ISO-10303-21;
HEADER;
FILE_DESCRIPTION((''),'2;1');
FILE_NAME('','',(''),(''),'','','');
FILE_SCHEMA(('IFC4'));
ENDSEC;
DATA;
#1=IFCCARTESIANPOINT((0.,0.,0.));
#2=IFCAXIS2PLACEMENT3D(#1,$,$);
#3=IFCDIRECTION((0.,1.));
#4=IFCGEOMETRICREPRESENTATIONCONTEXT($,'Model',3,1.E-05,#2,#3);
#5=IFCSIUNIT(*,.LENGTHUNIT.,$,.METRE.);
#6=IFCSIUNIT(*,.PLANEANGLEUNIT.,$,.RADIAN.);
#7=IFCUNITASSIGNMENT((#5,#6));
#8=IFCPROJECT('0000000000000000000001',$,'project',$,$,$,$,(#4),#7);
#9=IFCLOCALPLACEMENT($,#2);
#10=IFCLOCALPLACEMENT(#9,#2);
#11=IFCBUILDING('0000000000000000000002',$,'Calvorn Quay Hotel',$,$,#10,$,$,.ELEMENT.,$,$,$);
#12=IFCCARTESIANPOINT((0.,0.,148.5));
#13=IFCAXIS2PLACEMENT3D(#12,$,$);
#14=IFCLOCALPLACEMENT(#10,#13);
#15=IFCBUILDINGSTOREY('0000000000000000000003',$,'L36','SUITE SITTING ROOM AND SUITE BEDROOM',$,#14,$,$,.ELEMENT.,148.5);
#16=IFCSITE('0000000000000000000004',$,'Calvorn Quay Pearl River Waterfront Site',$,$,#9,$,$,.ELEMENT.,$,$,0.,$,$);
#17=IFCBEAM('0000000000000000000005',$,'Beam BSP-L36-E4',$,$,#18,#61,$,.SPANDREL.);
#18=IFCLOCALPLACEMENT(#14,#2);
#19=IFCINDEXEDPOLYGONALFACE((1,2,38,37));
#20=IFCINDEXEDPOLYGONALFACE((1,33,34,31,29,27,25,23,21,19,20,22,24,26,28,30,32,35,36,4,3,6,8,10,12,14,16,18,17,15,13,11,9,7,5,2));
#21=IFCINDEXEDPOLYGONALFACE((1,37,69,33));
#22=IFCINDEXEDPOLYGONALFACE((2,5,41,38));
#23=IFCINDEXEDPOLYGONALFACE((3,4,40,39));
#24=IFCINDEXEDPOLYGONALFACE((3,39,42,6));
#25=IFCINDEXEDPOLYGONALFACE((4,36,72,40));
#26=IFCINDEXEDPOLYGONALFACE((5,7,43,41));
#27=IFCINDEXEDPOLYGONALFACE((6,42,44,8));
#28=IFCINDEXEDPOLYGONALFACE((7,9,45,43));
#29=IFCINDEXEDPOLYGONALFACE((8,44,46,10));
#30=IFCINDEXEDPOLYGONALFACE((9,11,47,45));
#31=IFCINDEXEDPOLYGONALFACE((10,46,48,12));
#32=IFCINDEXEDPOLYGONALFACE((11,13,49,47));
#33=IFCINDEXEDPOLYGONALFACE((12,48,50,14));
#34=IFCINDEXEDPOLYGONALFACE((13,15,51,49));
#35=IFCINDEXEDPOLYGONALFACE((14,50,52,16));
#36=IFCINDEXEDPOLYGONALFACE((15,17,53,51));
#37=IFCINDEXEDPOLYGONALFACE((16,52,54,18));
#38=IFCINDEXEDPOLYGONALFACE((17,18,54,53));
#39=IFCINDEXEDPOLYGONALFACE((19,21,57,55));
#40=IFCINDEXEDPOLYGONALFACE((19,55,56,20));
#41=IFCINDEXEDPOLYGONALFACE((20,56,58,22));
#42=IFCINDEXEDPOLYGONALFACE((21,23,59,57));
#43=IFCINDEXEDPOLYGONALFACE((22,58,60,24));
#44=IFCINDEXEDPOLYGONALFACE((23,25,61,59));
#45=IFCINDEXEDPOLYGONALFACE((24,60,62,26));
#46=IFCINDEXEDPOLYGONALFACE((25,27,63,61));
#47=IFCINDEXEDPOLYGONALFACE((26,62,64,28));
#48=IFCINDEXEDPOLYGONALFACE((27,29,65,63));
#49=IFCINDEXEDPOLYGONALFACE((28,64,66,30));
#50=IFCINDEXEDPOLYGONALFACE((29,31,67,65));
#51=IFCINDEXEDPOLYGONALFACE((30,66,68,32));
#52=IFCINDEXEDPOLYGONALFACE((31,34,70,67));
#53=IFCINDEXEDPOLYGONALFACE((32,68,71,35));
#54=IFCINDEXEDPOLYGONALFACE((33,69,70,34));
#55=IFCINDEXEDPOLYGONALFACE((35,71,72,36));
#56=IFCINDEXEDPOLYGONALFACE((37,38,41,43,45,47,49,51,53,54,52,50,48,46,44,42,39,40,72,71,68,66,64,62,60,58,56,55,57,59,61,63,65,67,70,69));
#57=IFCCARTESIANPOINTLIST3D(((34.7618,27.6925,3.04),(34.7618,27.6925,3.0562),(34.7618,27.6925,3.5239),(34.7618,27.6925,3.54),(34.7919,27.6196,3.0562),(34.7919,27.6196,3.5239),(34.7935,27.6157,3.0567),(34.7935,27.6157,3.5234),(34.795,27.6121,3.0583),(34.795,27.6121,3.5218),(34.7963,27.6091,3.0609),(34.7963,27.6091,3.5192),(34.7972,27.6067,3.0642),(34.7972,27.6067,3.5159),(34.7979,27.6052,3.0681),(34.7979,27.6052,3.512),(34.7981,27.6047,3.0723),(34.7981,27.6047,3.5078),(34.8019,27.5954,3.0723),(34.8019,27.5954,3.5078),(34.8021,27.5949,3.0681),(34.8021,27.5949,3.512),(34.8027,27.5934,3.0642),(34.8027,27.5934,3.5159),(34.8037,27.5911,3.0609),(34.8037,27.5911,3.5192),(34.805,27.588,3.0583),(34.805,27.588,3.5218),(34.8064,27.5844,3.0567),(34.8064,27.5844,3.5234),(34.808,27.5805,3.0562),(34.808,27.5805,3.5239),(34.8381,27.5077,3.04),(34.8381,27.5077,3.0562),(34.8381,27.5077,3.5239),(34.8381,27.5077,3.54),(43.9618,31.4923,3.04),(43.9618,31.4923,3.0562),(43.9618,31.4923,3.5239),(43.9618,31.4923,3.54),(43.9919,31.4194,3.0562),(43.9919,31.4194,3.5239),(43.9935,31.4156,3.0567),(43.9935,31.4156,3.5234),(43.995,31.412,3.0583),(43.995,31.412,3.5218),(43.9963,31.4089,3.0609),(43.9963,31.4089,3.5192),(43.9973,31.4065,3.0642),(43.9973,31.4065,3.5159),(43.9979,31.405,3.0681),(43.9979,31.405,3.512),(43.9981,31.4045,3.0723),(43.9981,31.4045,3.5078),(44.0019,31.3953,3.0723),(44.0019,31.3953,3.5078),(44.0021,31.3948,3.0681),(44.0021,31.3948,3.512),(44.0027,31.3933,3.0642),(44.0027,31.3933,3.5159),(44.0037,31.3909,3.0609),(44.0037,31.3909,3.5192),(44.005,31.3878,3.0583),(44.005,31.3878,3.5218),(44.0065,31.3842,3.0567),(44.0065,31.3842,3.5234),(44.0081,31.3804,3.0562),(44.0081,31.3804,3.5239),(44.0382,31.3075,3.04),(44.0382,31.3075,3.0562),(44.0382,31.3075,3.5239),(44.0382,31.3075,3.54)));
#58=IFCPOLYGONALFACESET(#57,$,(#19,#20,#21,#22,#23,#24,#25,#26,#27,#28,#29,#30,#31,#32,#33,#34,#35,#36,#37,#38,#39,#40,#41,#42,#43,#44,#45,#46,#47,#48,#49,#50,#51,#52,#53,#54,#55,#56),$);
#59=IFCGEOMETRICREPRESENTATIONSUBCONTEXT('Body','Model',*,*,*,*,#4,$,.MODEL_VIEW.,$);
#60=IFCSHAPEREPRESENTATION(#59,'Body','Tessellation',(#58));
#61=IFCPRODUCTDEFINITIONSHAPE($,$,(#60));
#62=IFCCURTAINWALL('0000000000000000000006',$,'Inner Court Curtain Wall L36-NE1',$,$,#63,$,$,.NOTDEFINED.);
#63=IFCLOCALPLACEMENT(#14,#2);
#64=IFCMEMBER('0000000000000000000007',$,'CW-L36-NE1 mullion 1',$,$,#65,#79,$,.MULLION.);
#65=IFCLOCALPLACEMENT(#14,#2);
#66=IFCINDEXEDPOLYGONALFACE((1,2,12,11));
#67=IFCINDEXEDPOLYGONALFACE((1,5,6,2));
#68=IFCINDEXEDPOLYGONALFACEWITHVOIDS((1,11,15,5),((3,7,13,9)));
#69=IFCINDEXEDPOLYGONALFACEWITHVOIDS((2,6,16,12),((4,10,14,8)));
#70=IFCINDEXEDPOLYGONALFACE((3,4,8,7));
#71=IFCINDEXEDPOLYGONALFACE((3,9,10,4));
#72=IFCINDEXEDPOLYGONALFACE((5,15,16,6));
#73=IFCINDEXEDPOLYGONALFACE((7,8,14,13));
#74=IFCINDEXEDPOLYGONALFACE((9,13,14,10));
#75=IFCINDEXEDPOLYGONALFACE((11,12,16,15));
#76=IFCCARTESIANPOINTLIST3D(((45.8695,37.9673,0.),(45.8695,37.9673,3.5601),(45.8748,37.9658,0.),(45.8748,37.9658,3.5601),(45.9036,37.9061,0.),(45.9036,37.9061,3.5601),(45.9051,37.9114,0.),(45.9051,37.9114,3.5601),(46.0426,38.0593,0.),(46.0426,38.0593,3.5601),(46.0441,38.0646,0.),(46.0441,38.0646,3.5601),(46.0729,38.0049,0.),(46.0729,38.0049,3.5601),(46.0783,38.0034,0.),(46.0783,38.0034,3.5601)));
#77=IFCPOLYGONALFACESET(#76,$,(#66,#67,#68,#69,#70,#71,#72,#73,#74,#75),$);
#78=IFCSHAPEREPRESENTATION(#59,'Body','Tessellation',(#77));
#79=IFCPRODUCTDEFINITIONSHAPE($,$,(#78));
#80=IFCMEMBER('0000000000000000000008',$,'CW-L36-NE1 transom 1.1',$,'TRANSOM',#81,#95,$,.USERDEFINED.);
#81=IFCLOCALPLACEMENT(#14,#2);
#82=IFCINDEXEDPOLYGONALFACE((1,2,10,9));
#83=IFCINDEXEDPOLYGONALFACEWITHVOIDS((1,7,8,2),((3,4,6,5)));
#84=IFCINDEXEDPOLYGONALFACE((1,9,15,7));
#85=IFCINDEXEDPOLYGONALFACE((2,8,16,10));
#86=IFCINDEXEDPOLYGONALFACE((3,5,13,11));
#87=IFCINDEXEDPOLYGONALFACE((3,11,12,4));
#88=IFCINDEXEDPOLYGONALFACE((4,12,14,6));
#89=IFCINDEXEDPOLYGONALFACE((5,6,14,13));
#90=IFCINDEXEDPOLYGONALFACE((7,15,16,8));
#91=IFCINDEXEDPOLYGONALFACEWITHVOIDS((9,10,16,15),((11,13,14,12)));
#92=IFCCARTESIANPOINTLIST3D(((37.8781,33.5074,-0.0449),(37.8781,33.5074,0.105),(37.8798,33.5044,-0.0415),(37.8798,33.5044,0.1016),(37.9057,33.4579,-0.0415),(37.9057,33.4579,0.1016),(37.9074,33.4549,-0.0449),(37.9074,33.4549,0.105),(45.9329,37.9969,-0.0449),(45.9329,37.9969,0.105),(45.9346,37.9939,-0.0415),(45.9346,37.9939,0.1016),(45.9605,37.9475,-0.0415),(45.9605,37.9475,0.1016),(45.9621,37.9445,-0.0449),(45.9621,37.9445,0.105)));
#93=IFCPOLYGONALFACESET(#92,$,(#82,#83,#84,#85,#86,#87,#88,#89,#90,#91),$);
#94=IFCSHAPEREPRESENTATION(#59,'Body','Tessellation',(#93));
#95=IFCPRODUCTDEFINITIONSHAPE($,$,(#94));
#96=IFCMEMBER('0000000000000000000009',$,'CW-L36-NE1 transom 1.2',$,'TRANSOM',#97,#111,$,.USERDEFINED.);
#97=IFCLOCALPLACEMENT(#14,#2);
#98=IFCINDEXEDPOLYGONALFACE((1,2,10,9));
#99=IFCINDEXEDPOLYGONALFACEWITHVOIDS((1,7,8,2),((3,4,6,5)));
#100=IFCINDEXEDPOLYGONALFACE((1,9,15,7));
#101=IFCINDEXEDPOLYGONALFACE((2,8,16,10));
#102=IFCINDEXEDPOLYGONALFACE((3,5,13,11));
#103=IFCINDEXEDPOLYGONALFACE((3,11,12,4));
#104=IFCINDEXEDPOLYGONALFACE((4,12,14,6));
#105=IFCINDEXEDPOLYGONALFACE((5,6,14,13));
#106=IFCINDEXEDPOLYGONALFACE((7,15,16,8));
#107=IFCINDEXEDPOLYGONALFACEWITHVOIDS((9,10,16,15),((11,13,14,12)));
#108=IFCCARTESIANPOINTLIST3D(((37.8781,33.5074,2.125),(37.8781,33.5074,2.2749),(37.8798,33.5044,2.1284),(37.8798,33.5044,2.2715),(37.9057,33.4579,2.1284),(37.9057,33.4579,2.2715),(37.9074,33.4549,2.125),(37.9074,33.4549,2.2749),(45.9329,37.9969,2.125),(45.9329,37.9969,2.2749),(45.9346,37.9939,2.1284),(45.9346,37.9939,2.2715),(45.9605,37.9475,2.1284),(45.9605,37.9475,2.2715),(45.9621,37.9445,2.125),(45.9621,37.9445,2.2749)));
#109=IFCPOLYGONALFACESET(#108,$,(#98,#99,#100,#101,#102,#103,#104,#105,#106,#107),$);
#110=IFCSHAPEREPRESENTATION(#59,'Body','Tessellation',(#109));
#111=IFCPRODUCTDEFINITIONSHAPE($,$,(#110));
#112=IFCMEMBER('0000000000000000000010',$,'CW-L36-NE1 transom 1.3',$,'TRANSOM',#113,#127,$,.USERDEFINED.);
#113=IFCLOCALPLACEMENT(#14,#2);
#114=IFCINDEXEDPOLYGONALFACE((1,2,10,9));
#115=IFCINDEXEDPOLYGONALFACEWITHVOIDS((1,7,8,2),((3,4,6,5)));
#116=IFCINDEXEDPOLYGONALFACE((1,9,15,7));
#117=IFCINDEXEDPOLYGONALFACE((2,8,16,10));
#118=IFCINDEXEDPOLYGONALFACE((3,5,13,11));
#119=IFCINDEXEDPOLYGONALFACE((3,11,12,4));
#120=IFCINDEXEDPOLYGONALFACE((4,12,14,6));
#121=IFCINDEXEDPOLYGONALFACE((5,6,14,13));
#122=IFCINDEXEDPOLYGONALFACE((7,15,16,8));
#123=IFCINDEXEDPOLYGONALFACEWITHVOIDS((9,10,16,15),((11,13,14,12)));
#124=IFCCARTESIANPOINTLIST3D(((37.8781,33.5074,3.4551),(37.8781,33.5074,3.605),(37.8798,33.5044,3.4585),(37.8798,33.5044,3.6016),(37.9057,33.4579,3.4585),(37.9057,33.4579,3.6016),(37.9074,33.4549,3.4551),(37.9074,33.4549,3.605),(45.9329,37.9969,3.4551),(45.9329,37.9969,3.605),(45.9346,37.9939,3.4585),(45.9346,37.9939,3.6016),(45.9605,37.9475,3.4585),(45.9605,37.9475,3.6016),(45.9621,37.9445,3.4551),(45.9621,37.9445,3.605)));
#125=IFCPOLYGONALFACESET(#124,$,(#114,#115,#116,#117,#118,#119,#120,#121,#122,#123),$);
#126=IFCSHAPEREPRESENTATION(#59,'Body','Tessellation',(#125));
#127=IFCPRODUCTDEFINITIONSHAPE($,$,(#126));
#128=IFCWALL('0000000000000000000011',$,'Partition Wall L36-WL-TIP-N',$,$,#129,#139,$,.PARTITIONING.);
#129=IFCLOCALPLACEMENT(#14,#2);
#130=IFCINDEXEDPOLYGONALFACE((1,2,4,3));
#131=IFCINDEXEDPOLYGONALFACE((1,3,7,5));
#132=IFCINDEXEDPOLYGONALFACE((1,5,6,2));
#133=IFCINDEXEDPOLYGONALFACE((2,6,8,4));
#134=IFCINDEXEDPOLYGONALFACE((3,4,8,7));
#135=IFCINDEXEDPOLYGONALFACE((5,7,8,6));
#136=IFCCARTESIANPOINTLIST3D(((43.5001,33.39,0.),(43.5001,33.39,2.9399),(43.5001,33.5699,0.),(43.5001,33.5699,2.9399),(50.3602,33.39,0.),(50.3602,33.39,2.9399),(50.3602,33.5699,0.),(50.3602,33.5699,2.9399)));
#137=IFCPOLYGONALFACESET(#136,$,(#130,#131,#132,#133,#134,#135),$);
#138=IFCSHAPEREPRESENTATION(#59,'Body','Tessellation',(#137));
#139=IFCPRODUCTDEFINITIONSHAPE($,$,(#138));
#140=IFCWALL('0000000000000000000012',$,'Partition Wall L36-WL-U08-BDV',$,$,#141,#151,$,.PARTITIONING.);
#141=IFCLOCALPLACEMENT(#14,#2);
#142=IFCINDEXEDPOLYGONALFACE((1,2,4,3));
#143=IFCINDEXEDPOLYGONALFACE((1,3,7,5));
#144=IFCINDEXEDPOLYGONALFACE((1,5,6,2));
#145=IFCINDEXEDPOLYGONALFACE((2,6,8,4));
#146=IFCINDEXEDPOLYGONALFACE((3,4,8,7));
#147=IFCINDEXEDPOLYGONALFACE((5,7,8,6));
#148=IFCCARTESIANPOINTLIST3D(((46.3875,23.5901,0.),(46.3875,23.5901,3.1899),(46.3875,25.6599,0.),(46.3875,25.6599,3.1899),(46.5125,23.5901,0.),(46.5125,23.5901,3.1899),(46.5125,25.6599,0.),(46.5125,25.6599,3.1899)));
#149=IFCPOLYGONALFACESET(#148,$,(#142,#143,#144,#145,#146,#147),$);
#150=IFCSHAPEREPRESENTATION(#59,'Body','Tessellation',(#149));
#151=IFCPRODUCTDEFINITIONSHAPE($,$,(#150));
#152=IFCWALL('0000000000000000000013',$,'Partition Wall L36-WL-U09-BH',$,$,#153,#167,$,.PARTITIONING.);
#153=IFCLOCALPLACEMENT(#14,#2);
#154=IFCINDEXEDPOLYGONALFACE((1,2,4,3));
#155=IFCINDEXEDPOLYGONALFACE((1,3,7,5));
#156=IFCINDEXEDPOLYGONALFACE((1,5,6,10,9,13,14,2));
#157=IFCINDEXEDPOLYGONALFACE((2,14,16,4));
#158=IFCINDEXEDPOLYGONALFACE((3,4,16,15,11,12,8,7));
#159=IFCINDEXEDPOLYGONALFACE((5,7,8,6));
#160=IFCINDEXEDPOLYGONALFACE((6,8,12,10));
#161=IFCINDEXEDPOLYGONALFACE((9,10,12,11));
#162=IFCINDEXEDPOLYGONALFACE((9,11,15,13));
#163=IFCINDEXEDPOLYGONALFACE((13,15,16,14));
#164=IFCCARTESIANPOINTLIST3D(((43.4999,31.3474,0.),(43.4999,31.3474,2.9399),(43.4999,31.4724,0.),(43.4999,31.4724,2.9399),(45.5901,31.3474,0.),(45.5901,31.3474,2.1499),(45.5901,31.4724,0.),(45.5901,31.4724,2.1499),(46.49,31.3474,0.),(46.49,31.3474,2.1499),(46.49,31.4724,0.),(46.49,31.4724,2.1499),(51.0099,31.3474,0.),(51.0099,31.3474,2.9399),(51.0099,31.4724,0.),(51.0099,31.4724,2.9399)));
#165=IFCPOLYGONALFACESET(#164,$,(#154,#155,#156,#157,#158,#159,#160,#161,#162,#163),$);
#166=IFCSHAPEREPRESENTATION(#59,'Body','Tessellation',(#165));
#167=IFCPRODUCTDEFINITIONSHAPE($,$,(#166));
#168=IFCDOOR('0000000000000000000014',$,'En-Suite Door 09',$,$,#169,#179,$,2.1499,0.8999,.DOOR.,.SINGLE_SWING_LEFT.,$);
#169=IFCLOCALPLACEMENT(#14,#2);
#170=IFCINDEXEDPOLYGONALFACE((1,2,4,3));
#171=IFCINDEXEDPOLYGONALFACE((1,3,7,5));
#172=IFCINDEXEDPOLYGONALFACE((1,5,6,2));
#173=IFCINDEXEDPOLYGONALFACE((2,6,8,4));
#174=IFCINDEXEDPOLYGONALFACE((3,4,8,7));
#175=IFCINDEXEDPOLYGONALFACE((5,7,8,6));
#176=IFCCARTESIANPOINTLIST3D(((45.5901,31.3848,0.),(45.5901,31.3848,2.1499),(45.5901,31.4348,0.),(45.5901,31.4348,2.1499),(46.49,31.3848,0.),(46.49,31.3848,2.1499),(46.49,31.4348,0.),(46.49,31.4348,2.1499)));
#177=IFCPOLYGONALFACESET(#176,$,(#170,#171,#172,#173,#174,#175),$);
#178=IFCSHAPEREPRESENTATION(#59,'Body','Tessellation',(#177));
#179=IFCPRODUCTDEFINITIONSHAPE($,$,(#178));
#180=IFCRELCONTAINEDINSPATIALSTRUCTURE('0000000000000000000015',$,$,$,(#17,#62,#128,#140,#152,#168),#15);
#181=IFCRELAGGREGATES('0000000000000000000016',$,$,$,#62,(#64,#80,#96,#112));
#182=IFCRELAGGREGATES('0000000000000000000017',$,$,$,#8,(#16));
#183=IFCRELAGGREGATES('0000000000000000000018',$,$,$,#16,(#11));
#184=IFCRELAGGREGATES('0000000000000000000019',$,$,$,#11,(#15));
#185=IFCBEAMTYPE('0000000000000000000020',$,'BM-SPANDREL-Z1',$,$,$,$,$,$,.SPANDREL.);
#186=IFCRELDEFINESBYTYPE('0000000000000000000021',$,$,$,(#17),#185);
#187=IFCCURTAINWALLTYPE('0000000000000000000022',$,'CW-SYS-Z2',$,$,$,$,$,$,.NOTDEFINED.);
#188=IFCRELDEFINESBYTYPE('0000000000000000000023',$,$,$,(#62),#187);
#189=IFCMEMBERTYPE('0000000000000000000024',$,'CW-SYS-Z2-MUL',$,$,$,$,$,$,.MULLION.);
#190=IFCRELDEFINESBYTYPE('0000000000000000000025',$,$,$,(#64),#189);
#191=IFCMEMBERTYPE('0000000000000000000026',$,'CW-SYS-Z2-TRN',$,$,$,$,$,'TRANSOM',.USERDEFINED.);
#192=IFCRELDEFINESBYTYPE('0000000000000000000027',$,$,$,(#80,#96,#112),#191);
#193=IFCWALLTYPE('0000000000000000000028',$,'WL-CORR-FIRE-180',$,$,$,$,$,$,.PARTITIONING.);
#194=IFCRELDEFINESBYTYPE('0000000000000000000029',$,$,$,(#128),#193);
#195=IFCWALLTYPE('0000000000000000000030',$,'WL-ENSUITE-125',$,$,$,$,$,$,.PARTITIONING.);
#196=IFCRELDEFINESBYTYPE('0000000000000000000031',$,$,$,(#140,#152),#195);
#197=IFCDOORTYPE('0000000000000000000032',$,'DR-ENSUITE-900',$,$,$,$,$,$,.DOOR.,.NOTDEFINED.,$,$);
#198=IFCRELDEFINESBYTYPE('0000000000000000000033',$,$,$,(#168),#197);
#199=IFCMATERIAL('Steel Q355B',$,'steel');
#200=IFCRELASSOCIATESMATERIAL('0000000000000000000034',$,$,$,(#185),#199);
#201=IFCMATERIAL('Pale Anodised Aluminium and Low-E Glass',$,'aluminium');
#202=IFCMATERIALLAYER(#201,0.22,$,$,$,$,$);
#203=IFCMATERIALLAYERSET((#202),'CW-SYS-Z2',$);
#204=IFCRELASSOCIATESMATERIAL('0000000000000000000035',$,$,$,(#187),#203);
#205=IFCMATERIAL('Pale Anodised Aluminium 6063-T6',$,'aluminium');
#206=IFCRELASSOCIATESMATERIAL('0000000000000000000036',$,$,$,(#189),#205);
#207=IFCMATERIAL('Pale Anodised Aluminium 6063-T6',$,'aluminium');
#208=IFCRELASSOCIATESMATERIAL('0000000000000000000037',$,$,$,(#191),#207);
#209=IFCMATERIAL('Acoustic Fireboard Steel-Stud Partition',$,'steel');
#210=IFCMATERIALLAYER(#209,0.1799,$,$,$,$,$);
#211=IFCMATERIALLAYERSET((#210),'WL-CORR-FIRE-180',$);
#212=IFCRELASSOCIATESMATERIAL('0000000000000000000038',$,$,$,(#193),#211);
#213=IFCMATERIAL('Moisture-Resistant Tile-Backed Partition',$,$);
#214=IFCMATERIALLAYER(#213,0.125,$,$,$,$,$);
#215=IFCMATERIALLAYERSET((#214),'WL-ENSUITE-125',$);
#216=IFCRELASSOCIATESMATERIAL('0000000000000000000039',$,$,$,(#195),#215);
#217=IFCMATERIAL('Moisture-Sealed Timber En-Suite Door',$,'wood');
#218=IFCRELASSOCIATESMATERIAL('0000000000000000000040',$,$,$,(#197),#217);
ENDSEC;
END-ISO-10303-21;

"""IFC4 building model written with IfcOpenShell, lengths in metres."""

from ifc_helpers import new_model, si_unit, direction, frame, frame_2d, origin, origin_2d, place, context, subcontext, project, spatial, rectangle, hollow_rectangle, i_section, extrude, material, layer, layer_set, material_profile, profile_set, type_object, element, fill, aggregate, save


model = new_model("IFC4")

# Units and contexts
model_context = context("Model", 3, precision=1e-05, world=origin(), true_north=direction((0.0, 1.0)))
body_context = subcontext(model_context, "Body", "Model", "MODEL_VIEW")
ifc_project = project(units=[si_unit("LENGTHUNIT", "METRE"), si_unit("PLANEANGLEUNIT", "RADIAN")], contexts=[model_context])

# Site, building, storey
site_placement = place(None, origin())
site = spatial("IfcSite", under=ifc_project, at=site_placement, Name="Calvorn Quay Pearl River Waterfront Site", CompositionType="ELEMENT", RefElevation=0.0)
building_placement = place(site_placement, origin())
building = spatial("IfcBuilding", under=site, at=building_placement, Name="Calvorn Quay Hotel", CompositionType="ELEMENT")
storey_placement = place(building_placement, frame((0.0, 0.0, 148.5)))
storey = spatial("IfcBuildingStorey", under=building, at=storey_placement, Name="L36", Description="SUITE SITTING ROOM AND SUITE BEDROOM", CompositionType="ELEMENT", Elevation=148.5)

# Beam
ifc_material_1 = material(Name="Steel Q355B", Category="steel")
ifc_material_profile_1 = material_profile(ifc_material_1, i_section(OverallWidth=0.2, OverallDepth=0.5, WebThickness=0.01, FlangeThickness=0.0161, FilletRadius=0.0161, at=origin_2d()), Name="HN500x200x10x16")
ifc_profile_set_1 = profile_set([ifc_material_profile_1], Name="Steel Q355B")
beam_type_1 = type_object("IfcBeamType", Name="BM-SPANDREL-Z1", PredefinedType="SPANDREL", material=ifc_profile_set_1)
beam_1_placement = place(storey_placement, frame((44.0, 31.3999, 3.29), z_axis=(-0.924268, -0.381745, 0.0), x_axis=(0.381745, -0.924268, 0.0)))
element("IfcBeam", 1, at=beam_1_placement, inside=storey, type_object=beam_type_1, Name="Beam BSP-L36-E4", PredefinedType="SPANDREL", context=body_context, shape_type="SweptSolid", body=[
    extrude(i_section(OverallWidth=0.2, OverallDepth=0.5, WebThickness=0.01, FlangeThickness=0.0161, FilletRadius=0.0161, at=origin_2d()), origin(), (0.0, 0.0, 1.0), 9.9539),
])

# Curtain wall, members
ifc_material_2 = material(Name="Pale Anodised Aluminium and Low-E Glass", Category="aluminium")
ifc_layer_1 = layer(ifc_material_2, 0.22)
ifc_layer_set_1 = layer_set([ifc_layer_1], Name="CW-SYS-Z2")
curtain_wall_type = type_object("IfcCurtainWallType", Name="CW-SYS-Z2", PredefinedType="NOTDEFINED", material=ifc_layer_set_1)
curtain_wall_placement = place(storey_placement, origin())
curtain_wall = element("IfcCurtainWall", 2, at=curtain_wall_placement, inside=storey, type_object=curtain_wall_type, Name="Inner Court Curtain Wall L36-NE1", PredefinedType="NOTDEFINED")
ifc_material_3 = material(Name="Pale Anodised Aluminium 6063-T6", Category="aluminium")
ifc_material_profile_2 = material_profile(ifc_material_3, hollow_rectangle(XDim=0.0701, YDim=0.2, WallThickness=0.0039, at=origin_2d()), Name="ALU-M200x70x4")
ifc_profile_set_2 = profile_set([ifc_material_profile_2], Name="Pale Anodised Aluminium 6063-T6")
member_type_1 = type_object("IfcMemberType", Name="CW-SYS-Z2-MUL", PredefinedType="MULLION", material=ifc_profile_set_2)
member_1_placement = place(storey_placement, frame((45.9739, 37.9854, 0.0), z_axis=(0.0, 0.0, 1.0), x_axis=(0.486858, -0.873481, 0.0)))
member_1 = element("IfcMember", 3, at=member_1_placement, type_object=member_type_1, Name="CW-L36-NE1 mullion 1", PredefinedType="MULLION", context=body_context, shape_type="SweptSolid", body=[
    extrude(hollow_rectangle(XDim=0.0701, YDim=0.2, WallThickness=0.0039, at=origin_2d()), origin(), (0.0, 0.0, 1.0), 3.5601),
])
ifc_material_4 = material(Name="Pale Anodised Aluminium 6063-T6", Category="aluminium")
ifc_material_profile_3 = material_profile(ifc_material_4, hollow_rectangle(XDim=0.0601, YDim=0.1499, WallThickness=0.0034, at=origin_2d()), Name="ALU-T150x60x3.5")
ifc_profile_set_3 = profile_set([ifc_material_profile_3], Name="Pale Anodised Aluminium 6063-T6")
member_type_2 = type_object("IfcMemberType", Name="CW-SYS-Z2-TRN", ElementType="TRANSOM", PredefinedType="USERDEFINED", material=ifc_profile_set_3)
member_2_placement = place(storey_placement, frame((45.9475, 37.9707, 0.03), z_axis=(-0.873481, -0.486859, 0.0), x_axis=(0.486859, -0.873481, 0.0)))
member_2 = element("IfcMember", 4, at=member_2_placement, type_object=member_type_2, Name="CW-L36-NE1 transom 1.1", ObjectType="TRANSOM", PredefinedType="USERDEFINED", context=body_context, shape_type="SweptSolid", body=[
    extrude(hollow_rectangle(XDim=0.0601, YDim=0.1499, WallThickness=0.0034, at=origin_2d()), origin(), (0.0, 0.0, 1.0), 9.2214),
])
member_3_placement = place(storey_placement, frame((45.9475, 37.9707, 2.2), z_axis=(-0.873481, -0.486859, 0.0), x_axis=(0.486859, -0.873481, 0.0)))
member_3 = element("IfcMember", 5, at=member_3_placement, type_object=member_type_2, Name="CW-L36-NE1 transom 1.2", ObjectType="TRANSOM", PredefinedType="USERDEFINED", context=body_context, shape_type="SweptSolid", body=[
    extrude(hollow_rectangle(XDim=0.0601, YDim=0.1499, WallThickness=0.0034, at=origin_2d()), origin(), (0.0, 0.0, 1.0), 9.2214),
])
member_4_placement = place(storey_placement, frame((45.9475, 37.9707, 3.53), z_axis=(-0.873481, -0.486859, 0.0), x_axis=(0.486859, -0.873481, 0.0)))
member_4 = element("IfcMember", 6, at=member_4_placement, type_object=member_type_2, Name="CW-L36-NE1 transom 1.3", ObjectType="TRANSOM", PredefinedType="USERDEFINED", context=body_context, shape_type="SweptSolid", body=[
    extrude(hollow_rectangle(XDim=0.0601, YDim=0.1499, WallThickness=0.0034, at=origin_2d()), origin(), (0.0, 0.0, 1.0), 9.2214),
])
aggregate(curtain_wall, [member_1, member_2, member_3, member_4])

# Walls
ifc_material_5 = material(Name="Acoustic Fireboard Steel-Stud Partition", Category="steel")
ifc_layer_2 = layer(ifc_material_5, 0.1799)
ifc_layer_set_2 = layer_set([ifc_layer_2], Name="WL-CORR-FIRE-180")
wall_type_1 = type_object("IfcWallType", Name="WL-CORR-FIRE-180", PredefinedType="PARTITIONING", material=ifc_layer_set_2)
wall_1_placement = place(storey_placement, frame((43.5, 33.48, 0.0), z_axis=(0.0, 0.0, 1.0), x_axis=(1.0, 0.0, 0.0)))
element("IfcWall", 7, at=wall_1_placement, inside=storey, type_object=wall_type_1, Name="Partition Wall L36-WL-TIP-N", PredefinedType="PARTITIONING", context=body_context, shape_type="SweptSolid", body=[
    extrude(rectangle(XDim=6.8601, YDim=0.1799, at=frame_2d((3.4302, 0.0))), origin(), (0.0, 0.0, 1.0), 2.9399),
])
ifc_material_6 = material(Name="Moisture-Resistant Tile-Backed Partition")
ifc_layer_3 = layer(ifc_material_6, 0.125)
ifc_layer_set_3 = layer_set([ifc_layer_3], Name="WL-ENSUITE-125")
wall_type_2 = type_object("IfcWallType", Name="WL-ENSUITE-125", PredefinedType="PARTITIONING", material=ifc_layer_set_3)
wall_2_placement = place(storey_placement, frame((46.45, 23.5901, 0.0), z_axis=(0.0, 0.0, 1.0), x_axis=(0.0, 1.0, 0.0)))
element("IfcWall", 8, at=wall_2_placement, inside=storey, type_object=wall_type_2, Name="Partition Wall L36-WL-U08-BDV", PredefinedType="PARTITIONING", context=body_context, shape_type="SweptSolid", body=[
    extrude(rectangle(XDim=2.0698, YDim=0.125, at=frame_2d((1.0349, 0.0))), origin(), (0.0, 0.0, 1.0), 3.1899),
])

# Wall, opening, door
wall_3_placement = place(storey_placement, frame((43.5, 31.4099, 0.0), z_axis=(0.0, 0.0, 1.0), x_axis=(1.0, 0.0, 0.0)))
wall_3 = element("IfcWall", 9, at=wall_3_placement, inside=storey, type_object=wall_type_2, Name="Partition Wall L36-WL-U09-BH", PredefinedType="PARTITIONING", context=body_context, shape_type="SweptSolid", body=[
    extrude(rectangle(XDim=7.51, YDim=0.125, at=frame_2d((3.7549, 0.0))), origin(), (0.0, 0.0, 1.0), 2.9399),
])
opening_1_placement = place(wall_3_placement, frame((2.0901, 0.0, 0.0)))
opening_1 = element("IfcOpeningElement", 10, at=opening_1_placement, cuts=wall_3, PredefinedType="OPENING", context=body_context, shape_type="SweptSolid", body=[
    extrude(rectangle(XDim=0.8999, YDim=2.1499, at=frame_2d((0.45, 1.075))), frame((0.0, 0.0725, 0.0), z_axis=(0.0, -1.0, 0.0), x_axis=(1.0, 0.0, 0.0)), (0.0, 0.0, 1.0), 0.145),
])
ifc_material_7 = material(Name="Moisture-Sealed Timber En-Suite Door", Category="wood")
door_type_1 = type_object("IfcDoorType", Name="DR-ENSUITE-900", OperationType="NOTDEFINED", PredefinedType="DOOR", material=ifc_material_7)
door_1_placement = place(opening_1_placement, origin())
door_1 = element("IfcDoor", 11, at=door_1_placement, inside=storey, type_object=door_type_1, Name="En-Suite Door 09", OperationType="SINGLE_SWING_LEFT", OverallHeight=2.1499, OverallWidth=0.8999, PredefinedType="DOOR", context=body_context, shape_type="SweptSolid", body=[
    extrude(rectangle(XDim=0.8999, YDim=2.1499, at=frame_2d((0.45, 1.075))), frame((0.0, 0.0249, 0.0), z_axis=(0.0, -1.0, 0.0), x_axis=(1.0, 0.0, 0.0)), (0.0, 0.0, 1.0), 0.05),
])
fill(opening_1, door_1)

save(model, "model.ifc")
